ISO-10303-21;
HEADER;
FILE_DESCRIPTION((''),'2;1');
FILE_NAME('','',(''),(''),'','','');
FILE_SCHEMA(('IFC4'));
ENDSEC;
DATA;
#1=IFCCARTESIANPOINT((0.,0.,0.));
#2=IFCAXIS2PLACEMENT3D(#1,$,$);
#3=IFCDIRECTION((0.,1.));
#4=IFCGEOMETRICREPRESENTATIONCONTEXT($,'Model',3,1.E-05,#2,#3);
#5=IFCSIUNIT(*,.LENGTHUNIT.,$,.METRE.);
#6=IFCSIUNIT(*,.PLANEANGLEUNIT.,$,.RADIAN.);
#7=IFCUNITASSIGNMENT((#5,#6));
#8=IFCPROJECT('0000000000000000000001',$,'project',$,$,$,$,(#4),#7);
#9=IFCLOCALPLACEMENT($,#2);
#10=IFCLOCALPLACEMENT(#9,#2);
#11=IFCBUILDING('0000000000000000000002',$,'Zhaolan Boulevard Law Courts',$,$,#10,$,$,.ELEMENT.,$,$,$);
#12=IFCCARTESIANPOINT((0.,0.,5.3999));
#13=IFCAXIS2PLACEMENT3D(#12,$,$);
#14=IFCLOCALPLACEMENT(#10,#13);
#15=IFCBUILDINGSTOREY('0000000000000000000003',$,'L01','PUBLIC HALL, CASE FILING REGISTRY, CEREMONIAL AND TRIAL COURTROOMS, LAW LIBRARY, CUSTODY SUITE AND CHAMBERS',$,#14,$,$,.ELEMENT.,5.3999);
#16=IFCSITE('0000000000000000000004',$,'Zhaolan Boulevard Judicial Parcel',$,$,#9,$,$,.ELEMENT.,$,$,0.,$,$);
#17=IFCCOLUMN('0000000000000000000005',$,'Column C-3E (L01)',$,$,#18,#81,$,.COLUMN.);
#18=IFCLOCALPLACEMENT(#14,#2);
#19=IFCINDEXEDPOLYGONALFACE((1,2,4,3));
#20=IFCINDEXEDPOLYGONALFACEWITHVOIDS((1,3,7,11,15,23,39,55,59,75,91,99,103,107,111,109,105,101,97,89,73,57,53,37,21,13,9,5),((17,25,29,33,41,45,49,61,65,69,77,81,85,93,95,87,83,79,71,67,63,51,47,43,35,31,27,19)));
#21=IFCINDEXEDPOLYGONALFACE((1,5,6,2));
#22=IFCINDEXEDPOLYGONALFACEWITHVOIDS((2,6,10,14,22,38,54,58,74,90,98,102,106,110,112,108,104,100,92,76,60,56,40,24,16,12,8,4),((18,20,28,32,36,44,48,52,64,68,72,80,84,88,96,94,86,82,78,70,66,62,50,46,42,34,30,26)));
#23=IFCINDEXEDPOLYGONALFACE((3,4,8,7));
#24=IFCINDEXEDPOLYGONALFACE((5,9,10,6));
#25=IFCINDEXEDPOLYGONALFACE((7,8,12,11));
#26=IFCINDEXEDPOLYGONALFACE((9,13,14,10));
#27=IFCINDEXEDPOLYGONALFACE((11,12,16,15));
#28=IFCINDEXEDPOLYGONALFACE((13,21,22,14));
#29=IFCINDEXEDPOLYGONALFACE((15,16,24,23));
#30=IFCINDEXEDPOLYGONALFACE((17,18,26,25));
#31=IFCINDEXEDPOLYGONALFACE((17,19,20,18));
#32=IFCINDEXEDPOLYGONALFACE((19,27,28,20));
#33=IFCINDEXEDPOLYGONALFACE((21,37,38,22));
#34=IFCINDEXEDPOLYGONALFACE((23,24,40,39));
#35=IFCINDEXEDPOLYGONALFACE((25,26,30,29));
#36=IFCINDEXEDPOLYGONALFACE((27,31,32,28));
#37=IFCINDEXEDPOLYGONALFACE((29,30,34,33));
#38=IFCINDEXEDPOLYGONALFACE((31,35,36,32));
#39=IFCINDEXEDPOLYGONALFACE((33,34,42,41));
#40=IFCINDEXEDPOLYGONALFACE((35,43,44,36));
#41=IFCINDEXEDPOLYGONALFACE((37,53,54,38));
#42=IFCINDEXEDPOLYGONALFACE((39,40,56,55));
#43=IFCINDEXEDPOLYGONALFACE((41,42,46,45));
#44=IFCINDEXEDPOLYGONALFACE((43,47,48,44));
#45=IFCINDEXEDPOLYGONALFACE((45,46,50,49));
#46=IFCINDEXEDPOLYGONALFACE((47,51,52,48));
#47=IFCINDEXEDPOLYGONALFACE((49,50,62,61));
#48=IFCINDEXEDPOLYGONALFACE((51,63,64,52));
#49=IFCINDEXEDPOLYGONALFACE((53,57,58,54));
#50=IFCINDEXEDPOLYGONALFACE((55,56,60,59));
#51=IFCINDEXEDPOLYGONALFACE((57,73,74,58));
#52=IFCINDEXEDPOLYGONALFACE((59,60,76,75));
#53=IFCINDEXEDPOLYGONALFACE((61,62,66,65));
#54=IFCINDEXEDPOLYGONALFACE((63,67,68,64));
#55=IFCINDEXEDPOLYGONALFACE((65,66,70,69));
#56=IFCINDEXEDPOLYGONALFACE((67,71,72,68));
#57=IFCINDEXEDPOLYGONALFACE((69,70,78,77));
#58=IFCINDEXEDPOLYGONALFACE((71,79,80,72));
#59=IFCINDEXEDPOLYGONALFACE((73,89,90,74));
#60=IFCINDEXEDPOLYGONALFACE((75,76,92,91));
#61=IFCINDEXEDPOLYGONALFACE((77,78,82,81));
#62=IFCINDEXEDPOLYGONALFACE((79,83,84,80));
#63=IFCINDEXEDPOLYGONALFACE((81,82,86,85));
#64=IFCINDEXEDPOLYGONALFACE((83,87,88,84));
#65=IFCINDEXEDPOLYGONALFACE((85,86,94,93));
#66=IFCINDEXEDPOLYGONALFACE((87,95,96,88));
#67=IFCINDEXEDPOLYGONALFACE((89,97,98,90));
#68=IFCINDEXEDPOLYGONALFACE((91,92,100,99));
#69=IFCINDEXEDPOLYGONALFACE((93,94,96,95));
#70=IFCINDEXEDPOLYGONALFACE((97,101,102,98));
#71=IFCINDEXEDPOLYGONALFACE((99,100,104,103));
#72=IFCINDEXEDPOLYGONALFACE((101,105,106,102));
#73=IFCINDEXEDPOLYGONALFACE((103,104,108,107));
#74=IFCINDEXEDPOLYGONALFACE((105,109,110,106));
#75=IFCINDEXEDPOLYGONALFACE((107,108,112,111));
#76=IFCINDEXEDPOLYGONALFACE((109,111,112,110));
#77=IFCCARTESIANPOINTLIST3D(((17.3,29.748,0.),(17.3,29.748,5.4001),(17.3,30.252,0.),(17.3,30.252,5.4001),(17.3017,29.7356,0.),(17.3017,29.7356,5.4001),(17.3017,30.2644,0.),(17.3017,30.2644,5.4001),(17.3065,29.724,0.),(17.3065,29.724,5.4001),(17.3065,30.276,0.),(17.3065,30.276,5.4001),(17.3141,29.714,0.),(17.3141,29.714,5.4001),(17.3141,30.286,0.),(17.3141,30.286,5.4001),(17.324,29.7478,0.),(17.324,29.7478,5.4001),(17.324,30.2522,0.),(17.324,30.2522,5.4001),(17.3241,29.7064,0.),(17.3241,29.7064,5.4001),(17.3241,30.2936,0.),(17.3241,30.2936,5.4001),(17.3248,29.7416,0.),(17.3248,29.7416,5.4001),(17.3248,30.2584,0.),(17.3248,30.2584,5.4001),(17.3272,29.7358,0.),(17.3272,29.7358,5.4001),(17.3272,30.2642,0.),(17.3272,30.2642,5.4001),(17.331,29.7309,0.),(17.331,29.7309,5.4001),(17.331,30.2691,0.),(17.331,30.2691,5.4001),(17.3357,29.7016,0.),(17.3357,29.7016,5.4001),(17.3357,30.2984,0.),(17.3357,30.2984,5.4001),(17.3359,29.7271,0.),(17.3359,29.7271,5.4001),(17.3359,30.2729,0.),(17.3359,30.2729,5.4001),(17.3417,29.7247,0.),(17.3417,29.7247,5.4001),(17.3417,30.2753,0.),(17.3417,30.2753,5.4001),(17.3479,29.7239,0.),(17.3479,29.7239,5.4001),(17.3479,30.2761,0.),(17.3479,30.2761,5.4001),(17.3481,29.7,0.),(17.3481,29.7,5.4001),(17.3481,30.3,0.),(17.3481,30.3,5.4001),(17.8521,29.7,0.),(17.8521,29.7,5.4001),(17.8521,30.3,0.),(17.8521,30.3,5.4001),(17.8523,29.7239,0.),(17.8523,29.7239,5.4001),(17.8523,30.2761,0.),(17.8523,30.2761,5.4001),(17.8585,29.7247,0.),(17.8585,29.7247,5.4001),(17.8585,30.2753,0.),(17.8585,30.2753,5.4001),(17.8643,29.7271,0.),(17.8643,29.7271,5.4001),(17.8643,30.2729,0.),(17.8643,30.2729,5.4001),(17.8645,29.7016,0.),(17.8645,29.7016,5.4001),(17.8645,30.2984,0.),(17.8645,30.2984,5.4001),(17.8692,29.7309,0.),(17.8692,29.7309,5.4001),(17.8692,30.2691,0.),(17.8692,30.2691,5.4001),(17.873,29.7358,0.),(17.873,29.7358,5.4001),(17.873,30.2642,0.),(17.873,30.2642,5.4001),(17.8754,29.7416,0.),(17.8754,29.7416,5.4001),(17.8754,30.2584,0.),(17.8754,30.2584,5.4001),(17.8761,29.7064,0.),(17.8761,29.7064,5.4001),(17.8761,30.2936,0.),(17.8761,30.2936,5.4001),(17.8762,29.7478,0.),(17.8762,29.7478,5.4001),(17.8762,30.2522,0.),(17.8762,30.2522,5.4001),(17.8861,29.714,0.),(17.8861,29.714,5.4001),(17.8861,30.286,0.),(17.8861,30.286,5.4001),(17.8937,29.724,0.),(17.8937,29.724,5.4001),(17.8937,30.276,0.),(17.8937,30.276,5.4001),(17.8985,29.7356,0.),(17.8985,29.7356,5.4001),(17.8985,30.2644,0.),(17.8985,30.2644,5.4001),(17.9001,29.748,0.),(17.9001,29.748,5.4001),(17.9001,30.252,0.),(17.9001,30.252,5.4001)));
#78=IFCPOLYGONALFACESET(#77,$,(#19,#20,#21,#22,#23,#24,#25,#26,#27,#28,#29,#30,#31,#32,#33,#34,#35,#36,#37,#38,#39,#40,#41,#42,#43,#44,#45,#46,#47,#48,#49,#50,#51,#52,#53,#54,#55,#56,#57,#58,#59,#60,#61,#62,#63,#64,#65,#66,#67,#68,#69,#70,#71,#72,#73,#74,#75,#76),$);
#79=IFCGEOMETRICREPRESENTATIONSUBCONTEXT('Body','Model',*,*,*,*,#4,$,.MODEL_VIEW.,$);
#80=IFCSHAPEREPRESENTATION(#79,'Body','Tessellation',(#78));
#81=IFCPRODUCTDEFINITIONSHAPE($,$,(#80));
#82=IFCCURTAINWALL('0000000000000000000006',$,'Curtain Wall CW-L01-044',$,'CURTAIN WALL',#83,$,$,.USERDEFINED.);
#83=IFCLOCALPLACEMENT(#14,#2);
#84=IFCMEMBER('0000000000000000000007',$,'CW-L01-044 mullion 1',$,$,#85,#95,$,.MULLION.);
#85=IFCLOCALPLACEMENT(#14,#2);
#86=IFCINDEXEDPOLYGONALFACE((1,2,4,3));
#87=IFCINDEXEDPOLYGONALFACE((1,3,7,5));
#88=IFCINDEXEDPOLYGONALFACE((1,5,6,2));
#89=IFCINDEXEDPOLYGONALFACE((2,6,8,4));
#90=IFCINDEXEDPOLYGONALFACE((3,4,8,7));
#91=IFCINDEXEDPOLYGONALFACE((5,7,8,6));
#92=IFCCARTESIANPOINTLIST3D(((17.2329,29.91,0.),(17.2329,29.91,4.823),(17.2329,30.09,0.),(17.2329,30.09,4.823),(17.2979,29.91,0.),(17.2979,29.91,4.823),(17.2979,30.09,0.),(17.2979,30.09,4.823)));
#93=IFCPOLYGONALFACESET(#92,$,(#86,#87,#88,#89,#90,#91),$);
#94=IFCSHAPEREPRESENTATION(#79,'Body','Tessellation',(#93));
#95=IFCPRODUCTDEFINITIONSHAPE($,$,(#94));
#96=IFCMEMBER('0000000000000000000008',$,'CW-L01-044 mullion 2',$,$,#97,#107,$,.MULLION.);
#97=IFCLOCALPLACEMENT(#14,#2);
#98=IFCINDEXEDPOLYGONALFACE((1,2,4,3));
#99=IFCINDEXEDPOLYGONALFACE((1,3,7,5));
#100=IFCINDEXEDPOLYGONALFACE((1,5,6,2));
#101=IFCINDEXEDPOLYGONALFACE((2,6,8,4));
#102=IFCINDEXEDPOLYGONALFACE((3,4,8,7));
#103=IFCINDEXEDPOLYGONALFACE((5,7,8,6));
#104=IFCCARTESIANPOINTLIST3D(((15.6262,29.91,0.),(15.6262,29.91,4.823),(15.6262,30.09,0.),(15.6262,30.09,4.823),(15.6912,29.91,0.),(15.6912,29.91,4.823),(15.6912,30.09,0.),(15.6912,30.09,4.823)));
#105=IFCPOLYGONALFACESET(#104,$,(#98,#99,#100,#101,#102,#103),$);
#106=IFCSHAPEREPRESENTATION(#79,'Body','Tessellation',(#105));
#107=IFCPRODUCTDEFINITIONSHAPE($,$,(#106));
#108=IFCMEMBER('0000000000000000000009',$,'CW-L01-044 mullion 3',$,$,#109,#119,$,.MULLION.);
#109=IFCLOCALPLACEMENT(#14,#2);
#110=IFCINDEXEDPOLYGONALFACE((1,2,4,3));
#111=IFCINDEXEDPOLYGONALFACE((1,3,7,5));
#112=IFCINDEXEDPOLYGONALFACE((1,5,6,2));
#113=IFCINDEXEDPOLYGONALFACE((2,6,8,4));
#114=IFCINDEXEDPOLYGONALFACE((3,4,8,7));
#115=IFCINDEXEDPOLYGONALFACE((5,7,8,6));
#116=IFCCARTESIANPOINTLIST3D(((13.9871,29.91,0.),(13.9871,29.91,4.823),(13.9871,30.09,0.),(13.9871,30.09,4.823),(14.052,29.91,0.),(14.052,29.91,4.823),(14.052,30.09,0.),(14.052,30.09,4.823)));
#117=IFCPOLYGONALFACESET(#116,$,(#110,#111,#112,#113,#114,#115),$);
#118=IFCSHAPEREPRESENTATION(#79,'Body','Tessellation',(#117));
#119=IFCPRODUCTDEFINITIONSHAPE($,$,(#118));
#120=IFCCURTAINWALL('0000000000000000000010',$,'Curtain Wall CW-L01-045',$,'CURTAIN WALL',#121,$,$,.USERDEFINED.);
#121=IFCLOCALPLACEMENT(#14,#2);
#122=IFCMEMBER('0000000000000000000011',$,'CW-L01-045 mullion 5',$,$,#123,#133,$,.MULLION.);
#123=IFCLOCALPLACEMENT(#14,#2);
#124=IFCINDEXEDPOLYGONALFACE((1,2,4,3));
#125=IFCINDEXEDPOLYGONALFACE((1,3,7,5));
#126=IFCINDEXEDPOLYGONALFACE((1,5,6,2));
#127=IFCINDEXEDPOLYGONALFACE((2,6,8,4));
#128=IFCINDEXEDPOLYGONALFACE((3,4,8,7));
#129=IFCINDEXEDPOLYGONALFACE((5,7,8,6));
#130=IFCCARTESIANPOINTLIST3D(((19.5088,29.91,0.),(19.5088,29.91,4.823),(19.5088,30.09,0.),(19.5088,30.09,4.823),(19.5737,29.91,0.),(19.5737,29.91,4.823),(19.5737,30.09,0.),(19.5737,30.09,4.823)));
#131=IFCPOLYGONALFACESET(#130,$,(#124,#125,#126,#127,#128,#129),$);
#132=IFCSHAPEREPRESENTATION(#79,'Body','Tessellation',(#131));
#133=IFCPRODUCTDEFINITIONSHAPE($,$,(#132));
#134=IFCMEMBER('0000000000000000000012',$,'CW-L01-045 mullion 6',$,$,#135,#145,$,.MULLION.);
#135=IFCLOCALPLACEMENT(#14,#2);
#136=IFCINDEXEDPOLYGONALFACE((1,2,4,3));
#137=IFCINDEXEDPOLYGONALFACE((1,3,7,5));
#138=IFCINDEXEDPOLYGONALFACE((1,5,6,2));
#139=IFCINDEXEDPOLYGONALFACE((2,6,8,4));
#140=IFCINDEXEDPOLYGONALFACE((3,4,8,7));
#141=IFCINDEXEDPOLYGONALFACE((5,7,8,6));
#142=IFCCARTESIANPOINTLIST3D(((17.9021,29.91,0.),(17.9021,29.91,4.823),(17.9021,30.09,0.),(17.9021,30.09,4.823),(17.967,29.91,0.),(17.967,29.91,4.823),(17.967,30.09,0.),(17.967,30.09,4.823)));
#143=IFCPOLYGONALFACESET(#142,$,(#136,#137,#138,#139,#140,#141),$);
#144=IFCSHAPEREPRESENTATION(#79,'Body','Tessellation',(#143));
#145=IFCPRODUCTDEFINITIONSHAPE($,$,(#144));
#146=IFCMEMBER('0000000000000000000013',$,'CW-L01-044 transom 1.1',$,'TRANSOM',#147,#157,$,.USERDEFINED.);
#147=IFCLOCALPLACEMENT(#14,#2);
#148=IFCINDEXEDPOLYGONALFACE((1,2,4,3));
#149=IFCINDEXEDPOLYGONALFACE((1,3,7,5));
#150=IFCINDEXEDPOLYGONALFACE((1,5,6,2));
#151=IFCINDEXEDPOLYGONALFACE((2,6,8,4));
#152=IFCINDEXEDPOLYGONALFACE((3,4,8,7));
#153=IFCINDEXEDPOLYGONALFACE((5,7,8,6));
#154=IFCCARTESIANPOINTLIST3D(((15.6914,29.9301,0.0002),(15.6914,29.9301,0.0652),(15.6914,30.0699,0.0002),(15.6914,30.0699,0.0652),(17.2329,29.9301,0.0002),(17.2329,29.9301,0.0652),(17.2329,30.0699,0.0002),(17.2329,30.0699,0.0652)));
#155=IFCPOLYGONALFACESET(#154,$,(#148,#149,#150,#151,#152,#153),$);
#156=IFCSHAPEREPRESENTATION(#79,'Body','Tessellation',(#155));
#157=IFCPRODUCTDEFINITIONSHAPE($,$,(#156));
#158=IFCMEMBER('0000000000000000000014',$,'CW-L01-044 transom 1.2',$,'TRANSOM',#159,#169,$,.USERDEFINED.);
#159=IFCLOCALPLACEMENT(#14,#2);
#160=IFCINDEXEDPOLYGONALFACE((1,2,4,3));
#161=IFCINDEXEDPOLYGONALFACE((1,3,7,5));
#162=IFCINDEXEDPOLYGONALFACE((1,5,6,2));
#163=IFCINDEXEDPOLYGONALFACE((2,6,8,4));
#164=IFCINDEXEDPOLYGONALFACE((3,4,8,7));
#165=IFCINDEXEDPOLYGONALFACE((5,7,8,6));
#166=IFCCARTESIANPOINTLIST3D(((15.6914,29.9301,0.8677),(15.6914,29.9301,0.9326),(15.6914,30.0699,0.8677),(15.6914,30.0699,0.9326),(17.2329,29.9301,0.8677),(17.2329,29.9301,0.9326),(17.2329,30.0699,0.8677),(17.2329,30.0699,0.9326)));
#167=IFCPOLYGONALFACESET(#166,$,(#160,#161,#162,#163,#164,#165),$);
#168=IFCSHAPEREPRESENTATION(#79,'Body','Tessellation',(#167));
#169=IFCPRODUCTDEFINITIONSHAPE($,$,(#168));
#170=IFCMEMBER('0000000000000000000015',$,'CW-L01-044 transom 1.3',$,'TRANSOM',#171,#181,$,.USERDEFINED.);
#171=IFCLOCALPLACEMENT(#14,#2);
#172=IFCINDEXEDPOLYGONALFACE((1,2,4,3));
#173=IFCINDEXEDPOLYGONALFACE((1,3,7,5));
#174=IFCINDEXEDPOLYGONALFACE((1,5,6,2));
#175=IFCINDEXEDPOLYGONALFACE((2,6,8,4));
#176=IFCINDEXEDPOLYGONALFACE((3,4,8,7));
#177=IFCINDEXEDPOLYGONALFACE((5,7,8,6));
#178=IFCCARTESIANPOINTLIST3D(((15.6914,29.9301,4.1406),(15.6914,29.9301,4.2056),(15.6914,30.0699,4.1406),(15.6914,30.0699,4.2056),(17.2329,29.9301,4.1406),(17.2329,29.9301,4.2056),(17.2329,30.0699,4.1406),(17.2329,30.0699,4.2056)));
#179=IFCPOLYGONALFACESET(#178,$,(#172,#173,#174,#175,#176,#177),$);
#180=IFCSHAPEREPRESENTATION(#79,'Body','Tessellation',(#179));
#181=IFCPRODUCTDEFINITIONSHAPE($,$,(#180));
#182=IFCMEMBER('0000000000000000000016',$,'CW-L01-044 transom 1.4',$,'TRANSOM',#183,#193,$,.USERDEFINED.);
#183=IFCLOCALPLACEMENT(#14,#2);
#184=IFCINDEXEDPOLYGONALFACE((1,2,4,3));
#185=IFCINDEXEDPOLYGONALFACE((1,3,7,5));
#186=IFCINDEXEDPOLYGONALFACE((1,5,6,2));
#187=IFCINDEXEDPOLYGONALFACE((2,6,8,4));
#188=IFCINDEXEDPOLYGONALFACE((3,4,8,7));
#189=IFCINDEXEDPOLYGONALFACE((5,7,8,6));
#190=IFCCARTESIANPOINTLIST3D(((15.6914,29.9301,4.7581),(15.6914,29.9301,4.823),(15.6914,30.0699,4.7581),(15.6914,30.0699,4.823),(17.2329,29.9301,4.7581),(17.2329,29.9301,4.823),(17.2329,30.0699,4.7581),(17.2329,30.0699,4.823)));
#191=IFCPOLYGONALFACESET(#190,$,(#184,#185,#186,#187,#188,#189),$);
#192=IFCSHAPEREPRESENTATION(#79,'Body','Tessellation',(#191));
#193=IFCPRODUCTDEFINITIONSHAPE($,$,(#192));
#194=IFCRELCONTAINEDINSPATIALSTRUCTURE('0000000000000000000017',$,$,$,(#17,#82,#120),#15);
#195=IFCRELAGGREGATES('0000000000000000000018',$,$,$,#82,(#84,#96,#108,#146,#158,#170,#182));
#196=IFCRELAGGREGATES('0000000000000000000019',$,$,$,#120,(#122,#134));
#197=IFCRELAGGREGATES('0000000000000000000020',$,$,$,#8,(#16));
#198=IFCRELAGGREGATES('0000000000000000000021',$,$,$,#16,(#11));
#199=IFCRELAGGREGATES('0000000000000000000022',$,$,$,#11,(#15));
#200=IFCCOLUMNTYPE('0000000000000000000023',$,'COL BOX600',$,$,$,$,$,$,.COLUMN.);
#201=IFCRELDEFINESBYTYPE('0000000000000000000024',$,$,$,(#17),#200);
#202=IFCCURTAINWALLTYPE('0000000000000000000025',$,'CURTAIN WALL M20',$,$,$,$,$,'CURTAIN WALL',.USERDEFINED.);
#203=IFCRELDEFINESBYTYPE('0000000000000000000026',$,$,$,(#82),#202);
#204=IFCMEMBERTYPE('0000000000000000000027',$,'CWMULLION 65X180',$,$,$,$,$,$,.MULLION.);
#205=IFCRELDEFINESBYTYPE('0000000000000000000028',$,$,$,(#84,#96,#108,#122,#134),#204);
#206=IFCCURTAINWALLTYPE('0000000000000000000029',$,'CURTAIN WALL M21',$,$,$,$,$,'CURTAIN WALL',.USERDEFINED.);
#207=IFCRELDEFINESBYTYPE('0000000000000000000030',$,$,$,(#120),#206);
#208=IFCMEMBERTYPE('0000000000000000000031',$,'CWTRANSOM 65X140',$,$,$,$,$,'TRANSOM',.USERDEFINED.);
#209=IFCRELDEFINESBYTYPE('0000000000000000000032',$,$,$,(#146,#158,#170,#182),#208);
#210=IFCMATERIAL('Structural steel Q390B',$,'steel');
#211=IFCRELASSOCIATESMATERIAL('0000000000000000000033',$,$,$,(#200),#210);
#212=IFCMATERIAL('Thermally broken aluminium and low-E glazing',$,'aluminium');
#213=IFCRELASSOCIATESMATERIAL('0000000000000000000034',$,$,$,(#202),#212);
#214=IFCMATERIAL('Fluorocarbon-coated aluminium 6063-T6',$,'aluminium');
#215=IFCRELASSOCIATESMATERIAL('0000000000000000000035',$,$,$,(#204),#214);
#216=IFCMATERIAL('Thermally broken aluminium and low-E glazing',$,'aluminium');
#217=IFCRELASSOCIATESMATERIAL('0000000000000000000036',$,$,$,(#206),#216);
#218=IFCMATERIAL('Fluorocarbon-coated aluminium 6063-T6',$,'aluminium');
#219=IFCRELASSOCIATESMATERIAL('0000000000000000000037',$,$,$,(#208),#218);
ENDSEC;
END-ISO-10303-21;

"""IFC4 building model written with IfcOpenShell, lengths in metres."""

from ifc_helpers import new_model, si_unit, direction, frame, origin, origin_2d, place, context, subcontext, project, spatial, rectangle, hollow_rectangle, extrude, material, material_profile, profile_set, type_object, element, aggregate, save


model = new_model("IFC4")

# Units and contexts
model_context = context("Model", 3, precision=1e-05, world=origin(), true_north=direction((0.0, 1.0)))
body_context = subcontext(model_context, "Body", "Model", "MODEL_VIEW")
ifc_project = project(units=[si_unit("LENGTHUNIT", "METRE"), si_unit("PLANEANGLEUNIT", "RADIAN")], contexts=[model_context])

# Site, building, storey
site_placement = place(None, origin())
site = spatial("IfcSite", under=ifc_project, at=site_placement, Name="Zhaolan Boulevard Judicial Parcel", CompositionType="ELEMENT", RefElevation=0.0)
building_placement = place(site_placement, origin())
building = spatial("IfcBuilding", under=site, at=building_placement, Name="Zhaolan Boulevard Law Courts", CompositionType="ELEMENT")
storey_placement = place(building_placement, frame((0.0, 0.0, 5.3999)))
storey = spatial("IfcBuildingStorey", under=building, at=storey_placement, Name="L01", Description="PUBLIC HALL, CASE FILING REGISTRY, CEREMONIAL AND TRIAL COURTROOMS, LAW LIBRARY, CUSTODY SUITE AND CHAMBERS", CompositionType="ELEMENT", Elevation=5.3999)

# Column
ifc_material_1 = material(Name="Structural steel Q390B", Category="steel")
ifc_material_profile_1 = material_profile(ifc_material_1, hollow_rectangle(XDim=0.6001, YDim=0.6001, WallThickness=0.0239, InnerFilletRadius=0.0239, OuterFilletRadius=0.0481, at=origin_2d()), Name="BOX600x600x24")
ifc_profile_set_1 = profile_set([ifc_material_profile_1], Name="Structural steel Q390B")
column_type = type_object("IfcColumnType", Name="COL BOX600", PredefinedType="COLUMN", material=ifc_profile_set_1)
column_placement = place(storey_placement, frame((17.6001, 30.0, 0.0), z_axis=(0.0, 0.0, 1.0), x_axis=(1.0, 0.0, 0.0)))
element("IfcColumn", 1, at=column_placement, inside=storey, type_object=column_type, Name="Column C-3E (L01)", PredefinedType="COLUMN", context=body_context, shape_type="SweptSolid", body=[
    extrude(hollow_rectangle(XDim=0.6001, YDim=0.6001, WallThickness=0.0239, InnerFilletRadius=0.0239, OuterFilletRadius=0.0481, at=origin_2d()), origin(), (0.0, 0.0, 1.0), 5.4001),
])

# Curtain walls, members
ifc_material_2 = material(Name="Thermally broken aluminium and low-E glazing", Category="aluminium")
curtain_wall_type_1 = type_object("IfcCurtainWallType", Name="CURTAIN WALL M20", ElementType="CURTAIN WALL", PredefinedType="USERDEFINED", material=ifc_material_2)
curtain_wall_1_placement = place(storey_placement, origin())
curtain_wall_1 = element("IfcCurtainWall", 2, at=curtain_wall_1_placement, inside=storey, type_object=curtain_wall_type_1, Name="Curtain Wall CW-L01-044", ObjectType="CURTAIN WALL", PredefinedType="USERDEFINED")
ifc_material_3 = material(Name="Fluorocarbon-coated aluminium 6063-T6", Category="aluminium")
ifc_material_profile_2 = material_profile(ifc_material_3, rectangle(XDim=0.1799, YDim=0.0649, at=origin_2d()), Name="AL65x180")
ifc_profile_set_2 = profile_set([ifc_material_profile_2], Name="Fluorocarbon-coated aluminium 6063-T6")
member_type_1 = type_object("IfcMemberType", Name="CWMULLION 65X180", PredefinedType="MULLION", material=ifc_profile_set_2)
member_1_placement = place(storey_placement, frame((17.2654, 30.0, 0.0), z_axis=(0.0, 0.0, 1.0), x_axis=(0.0, -1.0, 0.0)))
member_1 = element("IfcMember", 3, at=member_1_placement, type_object=member_type_1, Name="CW-L01-044 mullion 1", PredefinedType="MULLION", context=body_context, shape_type="SweptSolid", body=[
    extrude(rectangle(XDim=0.1799, YDim=0.0649, at=origin_2d()), origin(), (0.0, 0.0, 1.0), 4.823),
])
member_2_placement = place(storey_placement, frame((15.6587, 30.0, 0.0), z_axis=(0.0, 0.0, 1.0), x_axis=(0.0, -1.0, 0.0)))
member_2 = element("IfcMember", 4, at=member_2_placement, type_object=member_type_1, Name="CW-L01-044 mullion 2", PredefinedType="MULLION", context=body_context, shape_type="SweptSolid", body=[
    extrude(rectangle(XDim=0.1799, YDim=0.0649, at=origin_2d()), origin(), (0.0, 0.0, 1.0), 4.823),
])
member_3_placement = place(storey_placement, frame((14.0195, 30.0, 0.0), z_axis=(0.0, 0.0, 1.0), x_axis=(0.0, -1.0, 0.0)))
member_3 = element("IfcMember", 5, at=member_3_placement, type_object=member_type_1, Name="CW-L01-044 mullion 3", PredefinedType="MULLION", context=body_context, shape_type="SweptSolid", body=[
    extrude(rectangle(XDim=0.1799, YDim=0.0649, at=origin_2d()), origin(), (0.0, 0.0, 1.0), 4.823),
])
ifc_material_4 = material(Name="Thermally broken aluminium and low-E glazing", Category="aluminium")
curtain_wall_type_2 = type_object("IfcCurtainWallType", Name="CURTAIN WALL M21", ElementType="CURTAIN WALL", PredefinedType="USERDEFINED", material=ifc_material_4)
curtain_wall_2_placement = place(storey_placement, origin())
curtain_wall_2 = element("IfcCurtainWall", 6, at=curtain_wall_2_placement, inside=storey, type_object=curtain_wall_type_2, Name="Curtain Wall CW-L01-045", ObjectType="CURTAIN WALL", PredefinedType="USERDEFINED")
member_4_placement = place(storey_placement, frame((19.5413, 30.0, 0.0), z_axis=(0.0, 0.0, 1.0), x_axis=(0.0, -1.0, 0.0)))
member_4 = element("IfcMember", 7, at=member_4_placement, type_object=member_type_1, Name="CW-L01-045 mullion 5", PredefinedType="MULLION", context=body_context, shape_type="SweptSolid", body=[
    extrude(rectangle(XDim=0.1799, YDim=0.0649, at=origin_2d()), origin(), (0.0, 0.0, 1.0), 4.823),
])
member_5_placement = place(storey_placement, frame((17.9346, 30.0, 0.0), z_axis=(0.0, 0.0, 1.0), x_axis=(0.0, -1.0, 0.0)))
member_5 = element("IfcMember", 8, at=member_5_placement, type_object=member_type_1, Name="CW-L01-045 mullion 6", PredefinedType="MULLION", context=body_context, shape_type="SweptSolid", body=[
    extrude(rectangle(XDim=0.1799, YDim=0.0649, at=origin_2d()), origin(), (0.0, 0.0, 1.0), 4.823),
])

# Members
ifc_material_5 = material(Name="Fluorocarbon-coated aluminium 6063-T6", Category="aluminium")
ifc_material_profile_3 = material_profile(ifc_material_5, rectangle(XDim=0.1399, YDim=0.0649, at=origin_2d()), Name="AL65x140")
ifc_profile_set_3 = profile_set([ifc_material_profile_3], Name="Fluorocarbon-coated aluminium 6063-T6")
member_type_2 = type_object("IfcMemberType", Name="CWTRANSOM 65X140", ElementType="TRANSOM", PredefinedType="USERDEFINED", material=ifc_profile_set_3)
member_6_placement = place(storey_placement, frame((17.2329, 30.0, 0.0327), z_axis=(-1.0, 0.0, 0.0), x_axis=(0.0, -1.0, 0.0)))
member_6 = element("IfcMember", 9, at=member_6_placement, type_object=member_type_2, Name="CW-L01-044 transom 1.1", ObjectType="TRANSOM", PredefinedType="USERDEFINED", context=body_context, shape_type="SweptSolid", body=[
    extrude(rectangle(XDim=0.1399, YDim=0.0649, at=origin_2d()), origin(), (0.0, 0.0, 1.0), 1.5415),
])
member_7_placement = place(storey_placement, frame((17.2329, 30.0, 0.9001), z_axis=(-1.0, 0.0, 0.0), x_axis=(0.0, -1.0, 0.0)))
member_7 = element("IfcMember", 10, at=member_7_placement, type_object=member_type_2, Name="CW-L01-044 transom 1.2", ObjectType="TRANSOM", PredefinedType="USERDEFINED", context=body_context, shape_type="SweptSolid", body=[
    extrude(rectangle(XDim=0.1399, YDim=0.0649, at=origin_2d()), origin(), (0.0, 0.0, 1.0), 1.5415),
])
member_8_placement = place(storey_placement, frame((17.2329, 30.0, 4.1731), z_axis=(-1.0, 0.0, 0.0), x_axis=(0.0, -1.0, 0.0)))
member_8 = element("IfcMember", 11, at=member_8_placement, type_object=member_type_2, Name="CW-L01-044 transom 1.3", ObjectType="TRANSOM", PredefinedType="USERDEFINED", context=body_context, shape_type="SweptSolid", body=[
    extrude(rectangle(XDim=0.1399, YDim=0.0649, at=origin_2d()), origin(), (0.0, 0.0, 1.0), 1.5415),
])
member_9_placement = place(storey_placement, frame((17.2329, 30.0, 4.7905), z_axis=(-1.0, 0.0, 0.0), x_axis=(0.0, -1.0, 0.0)))
member_9 = element("IfcMember", 12, at=member_9_placement, type_object=member_type_2, Name="CW-L01-044 transom 1.4", ObjectType="TRANSOM", PredefinedType="USERDEFINED", context=body_context, shape_type="SweptSolid", body=[
    extrude(rectangle(XDim=0.1399, YDim=0.0649, at=origin_2d()), origin(), (0.0, 0.0, 1.0), 1.5415),
])

aggregate(curtain_wall_1, [member_1, member_2, member_3, member_6, member_7, member_8, member_9])
aggregate(curtain_wall_2, [member_4, member_5])

save(model, "model.ifc")
